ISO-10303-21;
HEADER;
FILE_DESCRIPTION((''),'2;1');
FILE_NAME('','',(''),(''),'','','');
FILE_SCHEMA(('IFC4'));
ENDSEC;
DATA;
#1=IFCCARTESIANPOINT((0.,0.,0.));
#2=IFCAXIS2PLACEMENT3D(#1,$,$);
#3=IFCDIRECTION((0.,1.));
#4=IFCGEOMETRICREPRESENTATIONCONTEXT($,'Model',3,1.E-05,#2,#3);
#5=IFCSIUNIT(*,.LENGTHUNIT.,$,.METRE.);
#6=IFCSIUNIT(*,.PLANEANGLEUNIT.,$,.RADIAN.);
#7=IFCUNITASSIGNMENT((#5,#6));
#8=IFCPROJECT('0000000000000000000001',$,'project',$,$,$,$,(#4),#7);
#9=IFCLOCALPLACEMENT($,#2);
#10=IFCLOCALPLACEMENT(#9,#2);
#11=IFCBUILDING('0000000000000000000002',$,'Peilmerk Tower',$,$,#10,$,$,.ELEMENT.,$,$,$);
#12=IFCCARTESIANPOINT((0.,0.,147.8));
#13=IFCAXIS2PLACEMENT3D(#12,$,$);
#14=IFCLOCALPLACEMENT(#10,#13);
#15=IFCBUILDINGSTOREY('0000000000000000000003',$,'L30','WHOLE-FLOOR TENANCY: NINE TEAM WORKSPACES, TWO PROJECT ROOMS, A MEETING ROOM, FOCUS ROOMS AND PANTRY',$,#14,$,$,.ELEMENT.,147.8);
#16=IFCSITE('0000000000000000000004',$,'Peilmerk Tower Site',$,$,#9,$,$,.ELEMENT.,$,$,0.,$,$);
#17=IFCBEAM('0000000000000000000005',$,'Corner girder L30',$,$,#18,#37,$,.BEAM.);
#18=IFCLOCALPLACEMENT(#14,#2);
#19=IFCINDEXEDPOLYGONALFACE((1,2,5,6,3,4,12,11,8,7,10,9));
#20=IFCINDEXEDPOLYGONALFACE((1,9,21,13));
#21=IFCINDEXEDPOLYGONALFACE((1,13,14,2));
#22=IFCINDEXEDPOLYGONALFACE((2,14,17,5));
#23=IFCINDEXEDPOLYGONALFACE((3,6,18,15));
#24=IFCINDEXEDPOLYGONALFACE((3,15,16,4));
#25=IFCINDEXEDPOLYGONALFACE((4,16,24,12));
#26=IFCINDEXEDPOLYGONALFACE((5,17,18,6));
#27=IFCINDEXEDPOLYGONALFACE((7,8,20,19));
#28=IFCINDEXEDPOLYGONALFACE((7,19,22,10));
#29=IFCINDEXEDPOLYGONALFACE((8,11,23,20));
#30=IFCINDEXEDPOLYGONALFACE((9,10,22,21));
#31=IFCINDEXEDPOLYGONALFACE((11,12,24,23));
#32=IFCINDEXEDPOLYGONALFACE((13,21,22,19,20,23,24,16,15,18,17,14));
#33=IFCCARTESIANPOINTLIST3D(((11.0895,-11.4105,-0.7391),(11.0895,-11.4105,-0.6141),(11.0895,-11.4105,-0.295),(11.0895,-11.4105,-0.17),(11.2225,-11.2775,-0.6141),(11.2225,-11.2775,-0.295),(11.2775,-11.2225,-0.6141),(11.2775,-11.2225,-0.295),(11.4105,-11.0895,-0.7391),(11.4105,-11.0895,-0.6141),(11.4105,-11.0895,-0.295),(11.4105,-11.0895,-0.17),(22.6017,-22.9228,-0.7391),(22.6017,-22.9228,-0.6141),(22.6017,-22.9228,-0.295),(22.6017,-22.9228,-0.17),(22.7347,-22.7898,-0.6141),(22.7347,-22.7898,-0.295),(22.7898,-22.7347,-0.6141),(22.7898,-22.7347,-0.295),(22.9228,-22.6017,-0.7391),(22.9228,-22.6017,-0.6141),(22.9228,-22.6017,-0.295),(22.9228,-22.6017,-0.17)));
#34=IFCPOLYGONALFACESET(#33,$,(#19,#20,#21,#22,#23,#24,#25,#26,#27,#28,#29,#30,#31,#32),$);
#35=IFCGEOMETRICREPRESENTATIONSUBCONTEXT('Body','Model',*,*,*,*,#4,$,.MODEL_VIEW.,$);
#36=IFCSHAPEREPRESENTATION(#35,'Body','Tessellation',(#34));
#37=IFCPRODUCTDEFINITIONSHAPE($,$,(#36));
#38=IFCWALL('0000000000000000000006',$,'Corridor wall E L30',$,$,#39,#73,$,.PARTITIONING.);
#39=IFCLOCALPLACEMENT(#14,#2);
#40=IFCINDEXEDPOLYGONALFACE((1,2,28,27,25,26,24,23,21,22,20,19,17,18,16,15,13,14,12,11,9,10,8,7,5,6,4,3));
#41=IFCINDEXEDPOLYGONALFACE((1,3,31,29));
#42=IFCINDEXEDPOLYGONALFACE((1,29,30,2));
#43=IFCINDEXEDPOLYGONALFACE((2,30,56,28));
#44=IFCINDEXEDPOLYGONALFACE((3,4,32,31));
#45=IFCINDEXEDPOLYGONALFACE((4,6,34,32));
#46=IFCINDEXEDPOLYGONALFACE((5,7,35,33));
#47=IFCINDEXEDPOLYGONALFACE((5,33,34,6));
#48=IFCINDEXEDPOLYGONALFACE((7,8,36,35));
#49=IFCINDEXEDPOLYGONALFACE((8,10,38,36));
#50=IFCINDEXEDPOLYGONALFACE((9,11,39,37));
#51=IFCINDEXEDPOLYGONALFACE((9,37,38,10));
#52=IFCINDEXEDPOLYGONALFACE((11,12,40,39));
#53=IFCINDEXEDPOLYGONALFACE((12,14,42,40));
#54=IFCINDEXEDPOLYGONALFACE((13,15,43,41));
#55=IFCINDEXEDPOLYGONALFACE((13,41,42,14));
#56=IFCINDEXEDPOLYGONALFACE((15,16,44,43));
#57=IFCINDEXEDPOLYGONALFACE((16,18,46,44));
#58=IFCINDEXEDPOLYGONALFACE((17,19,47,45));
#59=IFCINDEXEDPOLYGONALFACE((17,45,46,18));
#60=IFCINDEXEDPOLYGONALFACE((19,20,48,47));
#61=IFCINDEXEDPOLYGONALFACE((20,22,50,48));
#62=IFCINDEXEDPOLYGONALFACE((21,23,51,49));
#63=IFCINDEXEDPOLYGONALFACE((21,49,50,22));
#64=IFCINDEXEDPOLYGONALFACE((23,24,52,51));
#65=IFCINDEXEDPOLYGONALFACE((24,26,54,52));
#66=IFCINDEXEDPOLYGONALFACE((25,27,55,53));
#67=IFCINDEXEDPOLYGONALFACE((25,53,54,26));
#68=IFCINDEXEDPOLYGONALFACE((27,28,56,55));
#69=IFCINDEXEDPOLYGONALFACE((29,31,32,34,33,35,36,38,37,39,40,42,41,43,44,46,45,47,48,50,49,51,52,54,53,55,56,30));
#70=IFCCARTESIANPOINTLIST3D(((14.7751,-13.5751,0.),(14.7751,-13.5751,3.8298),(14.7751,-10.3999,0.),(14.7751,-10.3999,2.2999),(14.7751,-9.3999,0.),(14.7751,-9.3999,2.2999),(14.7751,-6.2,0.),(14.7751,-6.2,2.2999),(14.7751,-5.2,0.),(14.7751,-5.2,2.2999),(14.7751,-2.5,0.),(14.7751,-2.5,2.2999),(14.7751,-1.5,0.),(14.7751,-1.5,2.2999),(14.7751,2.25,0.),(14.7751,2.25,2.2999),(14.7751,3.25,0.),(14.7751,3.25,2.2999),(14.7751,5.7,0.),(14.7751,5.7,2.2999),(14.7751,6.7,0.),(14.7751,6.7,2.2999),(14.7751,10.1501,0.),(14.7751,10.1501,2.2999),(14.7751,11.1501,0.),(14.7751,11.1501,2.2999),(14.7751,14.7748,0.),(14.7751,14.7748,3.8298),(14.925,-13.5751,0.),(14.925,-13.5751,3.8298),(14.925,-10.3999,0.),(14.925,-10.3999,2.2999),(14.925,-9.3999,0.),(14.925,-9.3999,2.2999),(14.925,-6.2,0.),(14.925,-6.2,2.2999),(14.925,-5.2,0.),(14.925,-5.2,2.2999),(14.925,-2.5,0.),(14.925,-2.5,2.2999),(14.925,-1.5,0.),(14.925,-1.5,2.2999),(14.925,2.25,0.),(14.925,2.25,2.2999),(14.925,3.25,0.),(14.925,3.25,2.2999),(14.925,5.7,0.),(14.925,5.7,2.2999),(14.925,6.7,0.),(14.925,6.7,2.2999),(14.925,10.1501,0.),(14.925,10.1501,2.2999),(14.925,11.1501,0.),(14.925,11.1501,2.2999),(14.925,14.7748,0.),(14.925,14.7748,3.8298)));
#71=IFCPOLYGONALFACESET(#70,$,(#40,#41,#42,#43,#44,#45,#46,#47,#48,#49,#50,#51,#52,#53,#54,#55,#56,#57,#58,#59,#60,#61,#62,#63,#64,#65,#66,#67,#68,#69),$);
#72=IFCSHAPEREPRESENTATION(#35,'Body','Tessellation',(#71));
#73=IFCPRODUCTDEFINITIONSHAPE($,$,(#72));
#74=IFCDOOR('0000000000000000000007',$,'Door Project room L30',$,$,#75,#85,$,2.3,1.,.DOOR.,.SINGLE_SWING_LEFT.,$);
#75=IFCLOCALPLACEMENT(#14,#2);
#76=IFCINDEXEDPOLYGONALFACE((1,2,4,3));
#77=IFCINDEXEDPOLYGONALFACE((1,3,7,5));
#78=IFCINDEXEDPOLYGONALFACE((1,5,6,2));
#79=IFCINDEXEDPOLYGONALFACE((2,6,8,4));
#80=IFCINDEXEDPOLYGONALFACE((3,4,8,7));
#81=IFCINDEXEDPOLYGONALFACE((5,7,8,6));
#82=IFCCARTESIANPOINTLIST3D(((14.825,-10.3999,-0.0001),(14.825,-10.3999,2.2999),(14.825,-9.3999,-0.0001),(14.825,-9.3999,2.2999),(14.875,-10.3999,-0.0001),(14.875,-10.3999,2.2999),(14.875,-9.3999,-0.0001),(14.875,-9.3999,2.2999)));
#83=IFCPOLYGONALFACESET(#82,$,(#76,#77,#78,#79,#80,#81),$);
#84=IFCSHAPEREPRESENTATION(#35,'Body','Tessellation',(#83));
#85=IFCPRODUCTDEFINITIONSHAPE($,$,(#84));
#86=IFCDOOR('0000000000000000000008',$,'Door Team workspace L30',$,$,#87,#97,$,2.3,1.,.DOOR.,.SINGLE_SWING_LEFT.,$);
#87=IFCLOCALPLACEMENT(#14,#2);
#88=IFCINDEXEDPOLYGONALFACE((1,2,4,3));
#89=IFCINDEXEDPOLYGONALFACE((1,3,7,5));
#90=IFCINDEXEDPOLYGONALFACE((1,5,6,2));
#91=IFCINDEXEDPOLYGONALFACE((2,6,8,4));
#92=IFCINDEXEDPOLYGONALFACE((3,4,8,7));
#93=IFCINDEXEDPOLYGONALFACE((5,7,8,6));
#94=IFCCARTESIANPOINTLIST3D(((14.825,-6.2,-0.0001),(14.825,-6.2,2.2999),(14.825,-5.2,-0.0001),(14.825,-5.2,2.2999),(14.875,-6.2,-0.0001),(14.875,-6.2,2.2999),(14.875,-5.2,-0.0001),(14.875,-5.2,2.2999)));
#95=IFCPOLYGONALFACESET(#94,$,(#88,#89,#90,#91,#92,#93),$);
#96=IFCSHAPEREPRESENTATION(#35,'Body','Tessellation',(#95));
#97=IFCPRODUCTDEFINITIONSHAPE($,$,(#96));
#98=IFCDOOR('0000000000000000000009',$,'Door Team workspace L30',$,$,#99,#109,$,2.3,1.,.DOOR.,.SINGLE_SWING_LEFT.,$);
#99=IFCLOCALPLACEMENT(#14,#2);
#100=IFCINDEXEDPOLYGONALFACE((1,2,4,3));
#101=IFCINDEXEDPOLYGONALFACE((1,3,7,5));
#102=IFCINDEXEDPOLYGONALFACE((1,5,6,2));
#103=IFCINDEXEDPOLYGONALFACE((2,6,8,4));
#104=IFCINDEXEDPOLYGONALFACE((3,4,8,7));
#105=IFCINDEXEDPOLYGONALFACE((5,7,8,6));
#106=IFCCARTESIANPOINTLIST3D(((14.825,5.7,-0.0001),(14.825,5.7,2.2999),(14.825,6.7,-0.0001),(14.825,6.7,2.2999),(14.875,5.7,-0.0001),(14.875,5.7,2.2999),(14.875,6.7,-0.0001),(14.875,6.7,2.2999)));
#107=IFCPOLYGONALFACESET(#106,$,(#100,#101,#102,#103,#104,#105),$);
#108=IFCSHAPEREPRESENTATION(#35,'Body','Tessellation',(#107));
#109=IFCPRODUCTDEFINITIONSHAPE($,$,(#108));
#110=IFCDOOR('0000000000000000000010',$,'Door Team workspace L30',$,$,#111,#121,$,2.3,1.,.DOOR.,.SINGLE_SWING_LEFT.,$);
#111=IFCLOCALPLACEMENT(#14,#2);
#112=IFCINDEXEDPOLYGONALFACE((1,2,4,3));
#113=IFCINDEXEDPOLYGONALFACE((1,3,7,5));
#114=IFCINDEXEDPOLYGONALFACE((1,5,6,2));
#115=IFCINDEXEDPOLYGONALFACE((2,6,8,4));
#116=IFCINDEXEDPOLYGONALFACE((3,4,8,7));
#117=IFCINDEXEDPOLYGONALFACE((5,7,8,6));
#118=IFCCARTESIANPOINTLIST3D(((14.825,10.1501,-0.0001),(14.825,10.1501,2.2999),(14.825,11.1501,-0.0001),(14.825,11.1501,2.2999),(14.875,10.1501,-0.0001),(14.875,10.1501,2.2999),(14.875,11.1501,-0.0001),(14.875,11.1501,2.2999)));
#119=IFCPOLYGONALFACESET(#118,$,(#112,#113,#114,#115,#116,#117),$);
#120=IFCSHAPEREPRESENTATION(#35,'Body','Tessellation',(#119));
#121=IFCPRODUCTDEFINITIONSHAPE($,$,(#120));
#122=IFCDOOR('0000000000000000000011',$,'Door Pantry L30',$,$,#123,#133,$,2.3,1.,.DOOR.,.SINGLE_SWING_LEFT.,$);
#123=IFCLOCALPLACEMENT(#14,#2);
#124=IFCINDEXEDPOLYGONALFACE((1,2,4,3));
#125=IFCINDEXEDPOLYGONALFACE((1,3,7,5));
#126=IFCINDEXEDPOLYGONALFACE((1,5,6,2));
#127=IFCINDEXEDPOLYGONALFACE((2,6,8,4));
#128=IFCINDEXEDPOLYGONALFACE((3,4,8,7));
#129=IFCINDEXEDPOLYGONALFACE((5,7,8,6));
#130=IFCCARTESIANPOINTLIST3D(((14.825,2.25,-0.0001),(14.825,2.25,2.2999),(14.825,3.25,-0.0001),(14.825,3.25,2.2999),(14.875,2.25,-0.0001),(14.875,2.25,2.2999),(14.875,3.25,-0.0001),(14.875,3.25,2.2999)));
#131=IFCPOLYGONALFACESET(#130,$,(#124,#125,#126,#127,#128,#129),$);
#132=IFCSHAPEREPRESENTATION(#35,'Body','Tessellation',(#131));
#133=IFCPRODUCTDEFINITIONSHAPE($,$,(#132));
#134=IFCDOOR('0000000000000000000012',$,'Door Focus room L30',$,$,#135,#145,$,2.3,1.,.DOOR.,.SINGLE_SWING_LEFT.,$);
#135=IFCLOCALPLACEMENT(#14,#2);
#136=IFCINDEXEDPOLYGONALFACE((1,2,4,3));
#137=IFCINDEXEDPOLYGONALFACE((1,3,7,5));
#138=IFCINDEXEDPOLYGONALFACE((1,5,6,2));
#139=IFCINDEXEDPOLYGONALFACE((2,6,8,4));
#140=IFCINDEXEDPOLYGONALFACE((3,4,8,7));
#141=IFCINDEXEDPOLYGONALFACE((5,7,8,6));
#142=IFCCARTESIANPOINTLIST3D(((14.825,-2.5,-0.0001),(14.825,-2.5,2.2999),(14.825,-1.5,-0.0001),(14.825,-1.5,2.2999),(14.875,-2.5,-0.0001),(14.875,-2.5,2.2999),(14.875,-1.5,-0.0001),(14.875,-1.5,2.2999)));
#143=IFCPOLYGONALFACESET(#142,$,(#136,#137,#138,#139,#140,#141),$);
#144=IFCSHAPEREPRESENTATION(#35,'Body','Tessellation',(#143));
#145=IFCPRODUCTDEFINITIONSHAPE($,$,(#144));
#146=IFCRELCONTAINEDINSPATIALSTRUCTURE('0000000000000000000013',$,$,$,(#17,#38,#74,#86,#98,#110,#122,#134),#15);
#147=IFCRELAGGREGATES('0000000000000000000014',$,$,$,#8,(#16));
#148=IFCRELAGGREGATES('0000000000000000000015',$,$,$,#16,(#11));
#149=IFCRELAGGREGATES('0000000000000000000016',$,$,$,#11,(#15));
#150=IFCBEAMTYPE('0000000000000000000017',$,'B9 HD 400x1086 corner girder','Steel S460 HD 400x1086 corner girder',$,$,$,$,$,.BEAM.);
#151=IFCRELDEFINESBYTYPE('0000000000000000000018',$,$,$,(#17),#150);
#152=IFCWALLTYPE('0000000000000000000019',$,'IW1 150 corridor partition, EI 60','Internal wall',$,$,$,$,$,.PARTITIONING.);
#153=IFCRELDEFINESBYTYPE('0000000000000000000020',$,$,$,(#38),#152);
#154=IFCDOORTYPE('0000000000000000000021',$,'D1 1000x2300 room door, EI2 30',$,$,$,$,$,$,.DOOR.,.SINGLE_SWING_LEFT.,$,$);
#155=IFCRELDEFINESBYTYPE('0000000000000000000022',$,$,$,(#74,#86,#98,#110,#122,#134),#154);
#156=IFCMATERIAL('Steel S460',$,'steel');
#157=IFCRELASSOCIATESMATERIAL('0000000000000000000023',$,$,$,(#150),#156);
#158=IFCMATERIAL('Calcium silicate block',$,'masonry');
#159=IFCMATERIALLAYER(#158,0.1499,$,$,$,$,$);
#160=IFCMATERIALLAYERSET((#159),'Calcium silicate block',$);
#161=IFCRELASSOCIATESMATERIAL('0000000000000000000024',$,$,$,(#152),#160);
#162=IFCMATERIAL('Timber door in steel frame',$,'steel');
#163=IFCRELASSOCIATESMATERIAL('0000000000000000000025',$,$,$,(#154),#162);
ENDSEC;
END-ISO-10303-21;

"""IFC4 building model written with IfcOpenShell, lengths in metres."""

from ifc_helpers import new_model, si_unit, direction, frame, frame_2d, origin, origin_2d, place, context, subcontext, project, spatial, rectangle, i_section, extrude, material, layer, layer_set, material_profile, profile_set, type_object, element, fill, save


model = new_model("IFC4")

# Units and contexts
model_context = context("Model", 3, precision=1e-05, world=origin(), true_north=direction((0.0, 1.0)))
body_context = subcontext(model_context, "Body", "Model", "MODEL_VIEW")
ifc_project = project(units=[si_unit("LENGTHUNIT", "METRE"), si_unit("PLANEANGLEUNIT", "RADIAN")], contexts=[model_context])

# Site, building, storey
site_placement = place(None, origin())
site = spatial("IfcSite", under=ifc_project, at=site_placement, Name="Peilmerk Tower Site", CompositionType="ELEMENT", RefElevation=0.0)
building_placement = place(site_placement, origin())
building = spatial("IfcBuilding", under=site, at=building_placement, Name="Peilmerk Tower", CompositionType="ELEMENT")
storey_placement = place(building_placement, frame((0.0, 0.0, 147.8)))
storey = spatial("IfcBuildingStorey", under=building, at=storey_placement, Name="L30", Description="WHOLE-FLOOR TENANCY: NINE TEAM WORKSPACES, TWO PROJECT ROOMS, A MEETING ROOM, FOCUS ROOMS AND PANTRY", CompositionType="ELEMENT", Elevation=147.8)

# Shared definitions
ifc_material_1 = material(Name="Steel S460", Category="steel")

# Beam
ifc_material_profile_1 = material_profile(ifc_material_1, i_section(OverallWidth=0.4541, OverallDepth=0.5691, WebThickness=0.0779, FlangeThickness=0.125, at=origin_2d()), Name="HD 400x1086")
ifc_profile_set_1 = profile_set([ifc_material_profile_1], Name="Steel S460")
beam_type_1 = type_object("IfcBeamType", Name="B9 HD 400x1086 corner girder", Description="Steel S460 HD 400x1086 corner girder", PredefinedType="BEAM", material=ifc_profile_set_1)
beam_1_placement = place(storey_placement, frame((11.25, -11.25, -0.4546), z_axis=(0.707107, -0.707107, 0.0), x_axis=(0.707107, 0.707107, 0.0)))
element("IfcBeam", 1, at=beam_1_placement, inside=storey, type_object=beam_type_1, Name="Corner girder L30", PredefinedType="BEAM", context=body_context, shape_type="SweptSolid", body=[
    extrude(i_section(OverallWidth=0.4541, OverallDepth=0.5691, WebThickness=0.0779, FlangeThickness=0.125, at=origin_2d()), origin(), (0.0, 0.0, 1.0), 16.2808),
])

# Wall, openings, doors
ifc_material_2 = material(Name="Calcium silicate block", Category="masonry")
ifc_layer_1 = layer(ifc_material_2, 0.1499)
ifc_layer_set_1 = layer_set([ifc_layer_1], Name="Calcium silicate block")
wall_type_1 = type_object("IfcWallType", Name="IW1 150 corridor partition, EI 60", Description="Internal wall", PredefinedType="PARTITIONING", material=ifc_layer_set_1)
wall_1_placement = place(storey_placement, frame((14.8501, -13.575, 0.0), z_axis=(0.0, 0.0, 1.0), x_axis=(0.0, 1.0, 0.0)))
wall_1 = element("IfcWall", 2, at=wall_1_placement, inside=storey, type_object=wall_type_1, Name="Corridor wall E L30", PredefinedType="PARTITIONING", context=body_context, shape_type="SweptSolid", body=[
    extrude(rectangle(XDim=28.3499, YDim=0.1499, at=frame_2d((14.1748, 0.0))), origin(), (0.0, 0.0, 1.0), 3.8298),
])
opening_1_placement = place(wall_1_placement, frame((3.175, 0.0, 0.0)))
opening_1 = element("IfcOpeningElement", 3, at=opening_1_placement, cuts=wall_1, PredefinedType="OPENING", context=body_context, shape_type="SweptSolid", body=[
    extrude(rectangle(XDim=1.0, YDim=2.3, at=frame_2d((0.5, 1.1499))), frame((0.0, 0.085, 0.0), z_axis=(0.0, -1.0, 0.0), x_axis=(1.0, 0.0, 0.0)), (0.0, 0.0, 1.0), 0.1699),
])
opening_2_placement = place(wall_1_placement, frame((7.375, 0.0, 0.0)))
opening_2 = element("IfcOpeningElement", 4, at=opening_2_placement, cuts=wall_1, PredefinedType="OPENING", context=body_context, shape_type="SweptSolid", body=[
    extrude(rectangle(XDim=1.0, YDim=2.3, at=frame_2d((0.5, 1.1499))), frame((0.0, 0.085, 0.0), z_axis=(0.0, -1.0, 0.0), x_axis=(1.0, 0.0, 0.0)), (0.0, 0.0, 1.0), 0.1699),
])
opening_3_placement = place(wall_1_placement, frame((19.2749, 0.0, 0.0)))
opening_3 = element("IfcOpeningElement", 5, at=opening_3_placement, cuts=wall_1, PredefinedType="OPENING", context=body_context, shape_type="SweptSolid", body=[
    extrude(rectangle(XDim=1.0, YDim=2.3, at=frame_2d((0.5, 1.1499))), frame((0.0, 0.085, 0.0), z_axis=(0.0, -1.0, 0.0), x_axis=(1.0, 0.0, 0.0)), (0.0, 0.0, 1.0), 0.1699),
])
opening_4_placement = place(wall_1_placement, frame((23.7251, 0.0, 0.0)))
opening_4 = element("IfcOpeningElement", 6, at=opening_4_placement, cuts=wall_1, PredefinedType="OPENING", context=body_context, shape_type="SweptSolid", body=[
    extrude(rectangle(XDim=1.0, YDim=2.3, at=frame_2d((0.5, 1.1499))), frame((0.0, 0.085, 0.0), z_axis=(0.0, -1.0, 0.0), x_axis=(1.0, 0.0, 0.0)), (0.0, 0.0, 1.0), 0.1699),
])
opening_5_placement = place(wall_1_placement, frame((15.825, 0.0, 0.0)))
opening_5 = element("IfcOpeningElement", 7, at=opening_5_placement, cuts=wall_1, PredefinedType="OPENING", context=body_context, shape_type="SweptSolid", body=[
    extrude(rectangle(XDim=1.0, YDim=2.3, at=frame_2d((0.5, 1.1499))), frame((0.0, 0.085, 0.0), z_axis=(0.0, -1.0, 0.0), x_axis=(1.0, 0.0, 0.0)), (0.0, 0.0, 1.0), 0.1699),
])
opening_6_placement = place(wall_1_placement, frame((11.075, 0.0, 0.0)))
opening_6 = element("IfcOpeningElement", 8, at=opening_6_placement, cuts=wall_1, PredefinedType="OPENING", context=body_context, shape_type="SweptSolid", body=[
    extrude(rectangle(XDim=1.0, YDim=2.3, at=frame_2d((0.5, 1.1499))), frame((0.0, 0.085, 0.0), z_axis=(0.0, -1.0, 0.0), x_axis=(1.0, 0.0, 0.0)), (0.0, 0.0, 1.0), 0.1699),
])
ifc_material_3 = material(Name="Timber door in steel frame", Category="steel")
door_type_1 = type_object("IfcDoorType", Name="D1 1000x2300 room door, EI2 30", OperationType="SINGLE_SWING_LEFT", PredefinedType="DOOR", material=ifc_material_3)
door_1_placement = place(opening_1_placement, frame((1.0, 0.0, 0.0), z_axis=(0.0, 0.0, 1.0), x_axis=(-1.0, 0.0, 0.0)))
door_1 = element("IfcDoor", 9, at=door_1_placement, inside=storey, type_object=door_type_1, Name="Door Project room L30", OperationType="SINGLE_SWING_LEFT", OverallHeight=2.3, OverallWidth=1.0, PredefinedType="DOOR", context=body_context, shape_type="SweptSolid", body=[
    extrude(rectangle(XDim=1.0, YDim=2.3, at=frame_2d((0.5, 1.1499))), frame((0.0, 0.0249, 0.0), z_axis=(0.0, -1.0, 0.0), x_axis=(1.0, 0.0, 0.0)), (0.0, 0.0, 1.0), 0.05),
])
fill(opening_1, door_1)
door_2_placement = place(opening_2_placement, frame((1.0, 0.0, 0.0), z_axis=(0.0, 0.0, 1.0), x_axis=(-1.0, 0.0, 0.0)))
door_2 = element("IfcDoor", 10, at=door_2_placement, inside=storey, type_object=door_type_1, Name="Door Team workspace L30", OperationType="SINGLE_SWING_LEFT", OverallHeight=2.3, OverallWidth=1.0, PredefinedType="DOOR", context=body_context, shape_type="SweptSolid", body=[
    extrude(rectangle(XDim=1.0, YDim=2.3, at=frame_2d((0.5, 1.1499))), frame((0.0, 0.0249, 0.0), z_axis=(0.0, -1.0, 0.0), x_axis=(1.0, 0.0, 0.0)), (0.0, 0.0, 1.0), 0.05),
])
fill(opening_2, door_2)
door_3_placement = place(opening_3_placement, frame((1.0, 0.0, 0.0), z_axis=(0.0, 0.0, 1.0), x_axis=(-1.0, 0.0, 0.0)))
door_3 = element("IfcDoor", 11, at=door_3_placement, inside=storey, type_object=door_type_1, Name="Door Team workspace L30", OperationType="SINGLE_SWING_LEFT", OverallHeight=2.3, OverallWidth=1.0, PredefinedType="DOOR", context=body_context, shape_type="SweptSolid", body=[
    extrude(rectangle(XDim=1.0, YDim=2.3, at=frame_2d((0.5, 1.1499))), frame((0.0, 0.0249, 0.0), z_axis=(0.0, -1.0, 0.0), x_axis=(1.0, 0.0, 0.0)), (0.0, 0.0, 1.0), 0.05),
])
fill(opening_3, door_3)
door_4_placement = place(opening_4_placement, frame((1.0, 0.0, 0.0), z_axis=(0.0, 0.0, 1.0), x_axis=(-1.0, 0.0, 0.0)))
door_4 = element("IfcDoor", 12, at=door_4_placement, inside=storey, type_object=door_type_1, Name="Door Team workspace L30", OperationType="SINGLE_SWING_LEFT", OverallHeight=2.3, OverallWidth=1.0, PredefinedType="DOOR", context=body_context, shape_type="SweptSolid", body=[
    extrude(rectangle(XDim=1.0, YDim=2.3, at=frame_2d((0.5, 1.1499))), frame((0.0, 0.0249, 0.0), z_axis=(0.0, -1.0, 0.0), x_axis=(1.0, 0.0, 0.0)), (0.0, 0.0, 1.0), 0.05),
])
fill(opening_4, door_4)
door_5_placement = place(opening_5_placement, frame((1.0, 0.0, 0.0), z_axis=(0.0, 0.0, 1.0), x_axis=(-1.0, 0.0, 0.0)))
door_5 = element("IfcDoor", 13, at=door_5_placement, inside=storey, type_object=door_type_1, Name="Door Pantry L30", OperationType="SINGLE_SWING_LEFT", OverallHeight=2.3, OverallWidth=1.0, PredefinedType="DOOR", context=body_context, shape_type="SweptSolid", body=[
    extrude(rectangle(XDim=1.0, YDim=2.3, at=frame_2d((0.5, 1.1499))), frame((0.0, 0.0249, 0.0), z_axis=(0.0, -1.0, 0.0), x_axis=(1.0, 0.0, 0.0)), (0.0, 0.0, 1.0), 0.05),
])
fill(opening_5, door_5)
door_6_placement = place(opening_6_placement, frame((1.0, 0.0, 0.0), z_axis=(0.0, 0.0, 1.0), x_axis=(-1.0, 0.0, 0.0)))
door_6 = element("IfcDoor", 14, at=door_6_placement, inside=storey, type_object=door_type_1, Name="Door Focus room L30", OperationType="SINGLE_SWING_LEFT", OverallHeight=2.3, OverallWidth=1.0, PredefinedType="DOOR", context=body_context, shape_type="SweptSolid", body=[
    extrude(rectangle(XDim=1.0, YDim=2.3, at=frame_2d((0.5, 1.1499))), frame((0.0, 0.0249, 0.0), z_axis=(0.0, -1.0, 0.0), x_axis=(1.0, 0.0, 0.0)), (0.0, 0.0, 1.0), 0.05),
])
fill(opening_6, door_6)

save(model, "model.ifc")
